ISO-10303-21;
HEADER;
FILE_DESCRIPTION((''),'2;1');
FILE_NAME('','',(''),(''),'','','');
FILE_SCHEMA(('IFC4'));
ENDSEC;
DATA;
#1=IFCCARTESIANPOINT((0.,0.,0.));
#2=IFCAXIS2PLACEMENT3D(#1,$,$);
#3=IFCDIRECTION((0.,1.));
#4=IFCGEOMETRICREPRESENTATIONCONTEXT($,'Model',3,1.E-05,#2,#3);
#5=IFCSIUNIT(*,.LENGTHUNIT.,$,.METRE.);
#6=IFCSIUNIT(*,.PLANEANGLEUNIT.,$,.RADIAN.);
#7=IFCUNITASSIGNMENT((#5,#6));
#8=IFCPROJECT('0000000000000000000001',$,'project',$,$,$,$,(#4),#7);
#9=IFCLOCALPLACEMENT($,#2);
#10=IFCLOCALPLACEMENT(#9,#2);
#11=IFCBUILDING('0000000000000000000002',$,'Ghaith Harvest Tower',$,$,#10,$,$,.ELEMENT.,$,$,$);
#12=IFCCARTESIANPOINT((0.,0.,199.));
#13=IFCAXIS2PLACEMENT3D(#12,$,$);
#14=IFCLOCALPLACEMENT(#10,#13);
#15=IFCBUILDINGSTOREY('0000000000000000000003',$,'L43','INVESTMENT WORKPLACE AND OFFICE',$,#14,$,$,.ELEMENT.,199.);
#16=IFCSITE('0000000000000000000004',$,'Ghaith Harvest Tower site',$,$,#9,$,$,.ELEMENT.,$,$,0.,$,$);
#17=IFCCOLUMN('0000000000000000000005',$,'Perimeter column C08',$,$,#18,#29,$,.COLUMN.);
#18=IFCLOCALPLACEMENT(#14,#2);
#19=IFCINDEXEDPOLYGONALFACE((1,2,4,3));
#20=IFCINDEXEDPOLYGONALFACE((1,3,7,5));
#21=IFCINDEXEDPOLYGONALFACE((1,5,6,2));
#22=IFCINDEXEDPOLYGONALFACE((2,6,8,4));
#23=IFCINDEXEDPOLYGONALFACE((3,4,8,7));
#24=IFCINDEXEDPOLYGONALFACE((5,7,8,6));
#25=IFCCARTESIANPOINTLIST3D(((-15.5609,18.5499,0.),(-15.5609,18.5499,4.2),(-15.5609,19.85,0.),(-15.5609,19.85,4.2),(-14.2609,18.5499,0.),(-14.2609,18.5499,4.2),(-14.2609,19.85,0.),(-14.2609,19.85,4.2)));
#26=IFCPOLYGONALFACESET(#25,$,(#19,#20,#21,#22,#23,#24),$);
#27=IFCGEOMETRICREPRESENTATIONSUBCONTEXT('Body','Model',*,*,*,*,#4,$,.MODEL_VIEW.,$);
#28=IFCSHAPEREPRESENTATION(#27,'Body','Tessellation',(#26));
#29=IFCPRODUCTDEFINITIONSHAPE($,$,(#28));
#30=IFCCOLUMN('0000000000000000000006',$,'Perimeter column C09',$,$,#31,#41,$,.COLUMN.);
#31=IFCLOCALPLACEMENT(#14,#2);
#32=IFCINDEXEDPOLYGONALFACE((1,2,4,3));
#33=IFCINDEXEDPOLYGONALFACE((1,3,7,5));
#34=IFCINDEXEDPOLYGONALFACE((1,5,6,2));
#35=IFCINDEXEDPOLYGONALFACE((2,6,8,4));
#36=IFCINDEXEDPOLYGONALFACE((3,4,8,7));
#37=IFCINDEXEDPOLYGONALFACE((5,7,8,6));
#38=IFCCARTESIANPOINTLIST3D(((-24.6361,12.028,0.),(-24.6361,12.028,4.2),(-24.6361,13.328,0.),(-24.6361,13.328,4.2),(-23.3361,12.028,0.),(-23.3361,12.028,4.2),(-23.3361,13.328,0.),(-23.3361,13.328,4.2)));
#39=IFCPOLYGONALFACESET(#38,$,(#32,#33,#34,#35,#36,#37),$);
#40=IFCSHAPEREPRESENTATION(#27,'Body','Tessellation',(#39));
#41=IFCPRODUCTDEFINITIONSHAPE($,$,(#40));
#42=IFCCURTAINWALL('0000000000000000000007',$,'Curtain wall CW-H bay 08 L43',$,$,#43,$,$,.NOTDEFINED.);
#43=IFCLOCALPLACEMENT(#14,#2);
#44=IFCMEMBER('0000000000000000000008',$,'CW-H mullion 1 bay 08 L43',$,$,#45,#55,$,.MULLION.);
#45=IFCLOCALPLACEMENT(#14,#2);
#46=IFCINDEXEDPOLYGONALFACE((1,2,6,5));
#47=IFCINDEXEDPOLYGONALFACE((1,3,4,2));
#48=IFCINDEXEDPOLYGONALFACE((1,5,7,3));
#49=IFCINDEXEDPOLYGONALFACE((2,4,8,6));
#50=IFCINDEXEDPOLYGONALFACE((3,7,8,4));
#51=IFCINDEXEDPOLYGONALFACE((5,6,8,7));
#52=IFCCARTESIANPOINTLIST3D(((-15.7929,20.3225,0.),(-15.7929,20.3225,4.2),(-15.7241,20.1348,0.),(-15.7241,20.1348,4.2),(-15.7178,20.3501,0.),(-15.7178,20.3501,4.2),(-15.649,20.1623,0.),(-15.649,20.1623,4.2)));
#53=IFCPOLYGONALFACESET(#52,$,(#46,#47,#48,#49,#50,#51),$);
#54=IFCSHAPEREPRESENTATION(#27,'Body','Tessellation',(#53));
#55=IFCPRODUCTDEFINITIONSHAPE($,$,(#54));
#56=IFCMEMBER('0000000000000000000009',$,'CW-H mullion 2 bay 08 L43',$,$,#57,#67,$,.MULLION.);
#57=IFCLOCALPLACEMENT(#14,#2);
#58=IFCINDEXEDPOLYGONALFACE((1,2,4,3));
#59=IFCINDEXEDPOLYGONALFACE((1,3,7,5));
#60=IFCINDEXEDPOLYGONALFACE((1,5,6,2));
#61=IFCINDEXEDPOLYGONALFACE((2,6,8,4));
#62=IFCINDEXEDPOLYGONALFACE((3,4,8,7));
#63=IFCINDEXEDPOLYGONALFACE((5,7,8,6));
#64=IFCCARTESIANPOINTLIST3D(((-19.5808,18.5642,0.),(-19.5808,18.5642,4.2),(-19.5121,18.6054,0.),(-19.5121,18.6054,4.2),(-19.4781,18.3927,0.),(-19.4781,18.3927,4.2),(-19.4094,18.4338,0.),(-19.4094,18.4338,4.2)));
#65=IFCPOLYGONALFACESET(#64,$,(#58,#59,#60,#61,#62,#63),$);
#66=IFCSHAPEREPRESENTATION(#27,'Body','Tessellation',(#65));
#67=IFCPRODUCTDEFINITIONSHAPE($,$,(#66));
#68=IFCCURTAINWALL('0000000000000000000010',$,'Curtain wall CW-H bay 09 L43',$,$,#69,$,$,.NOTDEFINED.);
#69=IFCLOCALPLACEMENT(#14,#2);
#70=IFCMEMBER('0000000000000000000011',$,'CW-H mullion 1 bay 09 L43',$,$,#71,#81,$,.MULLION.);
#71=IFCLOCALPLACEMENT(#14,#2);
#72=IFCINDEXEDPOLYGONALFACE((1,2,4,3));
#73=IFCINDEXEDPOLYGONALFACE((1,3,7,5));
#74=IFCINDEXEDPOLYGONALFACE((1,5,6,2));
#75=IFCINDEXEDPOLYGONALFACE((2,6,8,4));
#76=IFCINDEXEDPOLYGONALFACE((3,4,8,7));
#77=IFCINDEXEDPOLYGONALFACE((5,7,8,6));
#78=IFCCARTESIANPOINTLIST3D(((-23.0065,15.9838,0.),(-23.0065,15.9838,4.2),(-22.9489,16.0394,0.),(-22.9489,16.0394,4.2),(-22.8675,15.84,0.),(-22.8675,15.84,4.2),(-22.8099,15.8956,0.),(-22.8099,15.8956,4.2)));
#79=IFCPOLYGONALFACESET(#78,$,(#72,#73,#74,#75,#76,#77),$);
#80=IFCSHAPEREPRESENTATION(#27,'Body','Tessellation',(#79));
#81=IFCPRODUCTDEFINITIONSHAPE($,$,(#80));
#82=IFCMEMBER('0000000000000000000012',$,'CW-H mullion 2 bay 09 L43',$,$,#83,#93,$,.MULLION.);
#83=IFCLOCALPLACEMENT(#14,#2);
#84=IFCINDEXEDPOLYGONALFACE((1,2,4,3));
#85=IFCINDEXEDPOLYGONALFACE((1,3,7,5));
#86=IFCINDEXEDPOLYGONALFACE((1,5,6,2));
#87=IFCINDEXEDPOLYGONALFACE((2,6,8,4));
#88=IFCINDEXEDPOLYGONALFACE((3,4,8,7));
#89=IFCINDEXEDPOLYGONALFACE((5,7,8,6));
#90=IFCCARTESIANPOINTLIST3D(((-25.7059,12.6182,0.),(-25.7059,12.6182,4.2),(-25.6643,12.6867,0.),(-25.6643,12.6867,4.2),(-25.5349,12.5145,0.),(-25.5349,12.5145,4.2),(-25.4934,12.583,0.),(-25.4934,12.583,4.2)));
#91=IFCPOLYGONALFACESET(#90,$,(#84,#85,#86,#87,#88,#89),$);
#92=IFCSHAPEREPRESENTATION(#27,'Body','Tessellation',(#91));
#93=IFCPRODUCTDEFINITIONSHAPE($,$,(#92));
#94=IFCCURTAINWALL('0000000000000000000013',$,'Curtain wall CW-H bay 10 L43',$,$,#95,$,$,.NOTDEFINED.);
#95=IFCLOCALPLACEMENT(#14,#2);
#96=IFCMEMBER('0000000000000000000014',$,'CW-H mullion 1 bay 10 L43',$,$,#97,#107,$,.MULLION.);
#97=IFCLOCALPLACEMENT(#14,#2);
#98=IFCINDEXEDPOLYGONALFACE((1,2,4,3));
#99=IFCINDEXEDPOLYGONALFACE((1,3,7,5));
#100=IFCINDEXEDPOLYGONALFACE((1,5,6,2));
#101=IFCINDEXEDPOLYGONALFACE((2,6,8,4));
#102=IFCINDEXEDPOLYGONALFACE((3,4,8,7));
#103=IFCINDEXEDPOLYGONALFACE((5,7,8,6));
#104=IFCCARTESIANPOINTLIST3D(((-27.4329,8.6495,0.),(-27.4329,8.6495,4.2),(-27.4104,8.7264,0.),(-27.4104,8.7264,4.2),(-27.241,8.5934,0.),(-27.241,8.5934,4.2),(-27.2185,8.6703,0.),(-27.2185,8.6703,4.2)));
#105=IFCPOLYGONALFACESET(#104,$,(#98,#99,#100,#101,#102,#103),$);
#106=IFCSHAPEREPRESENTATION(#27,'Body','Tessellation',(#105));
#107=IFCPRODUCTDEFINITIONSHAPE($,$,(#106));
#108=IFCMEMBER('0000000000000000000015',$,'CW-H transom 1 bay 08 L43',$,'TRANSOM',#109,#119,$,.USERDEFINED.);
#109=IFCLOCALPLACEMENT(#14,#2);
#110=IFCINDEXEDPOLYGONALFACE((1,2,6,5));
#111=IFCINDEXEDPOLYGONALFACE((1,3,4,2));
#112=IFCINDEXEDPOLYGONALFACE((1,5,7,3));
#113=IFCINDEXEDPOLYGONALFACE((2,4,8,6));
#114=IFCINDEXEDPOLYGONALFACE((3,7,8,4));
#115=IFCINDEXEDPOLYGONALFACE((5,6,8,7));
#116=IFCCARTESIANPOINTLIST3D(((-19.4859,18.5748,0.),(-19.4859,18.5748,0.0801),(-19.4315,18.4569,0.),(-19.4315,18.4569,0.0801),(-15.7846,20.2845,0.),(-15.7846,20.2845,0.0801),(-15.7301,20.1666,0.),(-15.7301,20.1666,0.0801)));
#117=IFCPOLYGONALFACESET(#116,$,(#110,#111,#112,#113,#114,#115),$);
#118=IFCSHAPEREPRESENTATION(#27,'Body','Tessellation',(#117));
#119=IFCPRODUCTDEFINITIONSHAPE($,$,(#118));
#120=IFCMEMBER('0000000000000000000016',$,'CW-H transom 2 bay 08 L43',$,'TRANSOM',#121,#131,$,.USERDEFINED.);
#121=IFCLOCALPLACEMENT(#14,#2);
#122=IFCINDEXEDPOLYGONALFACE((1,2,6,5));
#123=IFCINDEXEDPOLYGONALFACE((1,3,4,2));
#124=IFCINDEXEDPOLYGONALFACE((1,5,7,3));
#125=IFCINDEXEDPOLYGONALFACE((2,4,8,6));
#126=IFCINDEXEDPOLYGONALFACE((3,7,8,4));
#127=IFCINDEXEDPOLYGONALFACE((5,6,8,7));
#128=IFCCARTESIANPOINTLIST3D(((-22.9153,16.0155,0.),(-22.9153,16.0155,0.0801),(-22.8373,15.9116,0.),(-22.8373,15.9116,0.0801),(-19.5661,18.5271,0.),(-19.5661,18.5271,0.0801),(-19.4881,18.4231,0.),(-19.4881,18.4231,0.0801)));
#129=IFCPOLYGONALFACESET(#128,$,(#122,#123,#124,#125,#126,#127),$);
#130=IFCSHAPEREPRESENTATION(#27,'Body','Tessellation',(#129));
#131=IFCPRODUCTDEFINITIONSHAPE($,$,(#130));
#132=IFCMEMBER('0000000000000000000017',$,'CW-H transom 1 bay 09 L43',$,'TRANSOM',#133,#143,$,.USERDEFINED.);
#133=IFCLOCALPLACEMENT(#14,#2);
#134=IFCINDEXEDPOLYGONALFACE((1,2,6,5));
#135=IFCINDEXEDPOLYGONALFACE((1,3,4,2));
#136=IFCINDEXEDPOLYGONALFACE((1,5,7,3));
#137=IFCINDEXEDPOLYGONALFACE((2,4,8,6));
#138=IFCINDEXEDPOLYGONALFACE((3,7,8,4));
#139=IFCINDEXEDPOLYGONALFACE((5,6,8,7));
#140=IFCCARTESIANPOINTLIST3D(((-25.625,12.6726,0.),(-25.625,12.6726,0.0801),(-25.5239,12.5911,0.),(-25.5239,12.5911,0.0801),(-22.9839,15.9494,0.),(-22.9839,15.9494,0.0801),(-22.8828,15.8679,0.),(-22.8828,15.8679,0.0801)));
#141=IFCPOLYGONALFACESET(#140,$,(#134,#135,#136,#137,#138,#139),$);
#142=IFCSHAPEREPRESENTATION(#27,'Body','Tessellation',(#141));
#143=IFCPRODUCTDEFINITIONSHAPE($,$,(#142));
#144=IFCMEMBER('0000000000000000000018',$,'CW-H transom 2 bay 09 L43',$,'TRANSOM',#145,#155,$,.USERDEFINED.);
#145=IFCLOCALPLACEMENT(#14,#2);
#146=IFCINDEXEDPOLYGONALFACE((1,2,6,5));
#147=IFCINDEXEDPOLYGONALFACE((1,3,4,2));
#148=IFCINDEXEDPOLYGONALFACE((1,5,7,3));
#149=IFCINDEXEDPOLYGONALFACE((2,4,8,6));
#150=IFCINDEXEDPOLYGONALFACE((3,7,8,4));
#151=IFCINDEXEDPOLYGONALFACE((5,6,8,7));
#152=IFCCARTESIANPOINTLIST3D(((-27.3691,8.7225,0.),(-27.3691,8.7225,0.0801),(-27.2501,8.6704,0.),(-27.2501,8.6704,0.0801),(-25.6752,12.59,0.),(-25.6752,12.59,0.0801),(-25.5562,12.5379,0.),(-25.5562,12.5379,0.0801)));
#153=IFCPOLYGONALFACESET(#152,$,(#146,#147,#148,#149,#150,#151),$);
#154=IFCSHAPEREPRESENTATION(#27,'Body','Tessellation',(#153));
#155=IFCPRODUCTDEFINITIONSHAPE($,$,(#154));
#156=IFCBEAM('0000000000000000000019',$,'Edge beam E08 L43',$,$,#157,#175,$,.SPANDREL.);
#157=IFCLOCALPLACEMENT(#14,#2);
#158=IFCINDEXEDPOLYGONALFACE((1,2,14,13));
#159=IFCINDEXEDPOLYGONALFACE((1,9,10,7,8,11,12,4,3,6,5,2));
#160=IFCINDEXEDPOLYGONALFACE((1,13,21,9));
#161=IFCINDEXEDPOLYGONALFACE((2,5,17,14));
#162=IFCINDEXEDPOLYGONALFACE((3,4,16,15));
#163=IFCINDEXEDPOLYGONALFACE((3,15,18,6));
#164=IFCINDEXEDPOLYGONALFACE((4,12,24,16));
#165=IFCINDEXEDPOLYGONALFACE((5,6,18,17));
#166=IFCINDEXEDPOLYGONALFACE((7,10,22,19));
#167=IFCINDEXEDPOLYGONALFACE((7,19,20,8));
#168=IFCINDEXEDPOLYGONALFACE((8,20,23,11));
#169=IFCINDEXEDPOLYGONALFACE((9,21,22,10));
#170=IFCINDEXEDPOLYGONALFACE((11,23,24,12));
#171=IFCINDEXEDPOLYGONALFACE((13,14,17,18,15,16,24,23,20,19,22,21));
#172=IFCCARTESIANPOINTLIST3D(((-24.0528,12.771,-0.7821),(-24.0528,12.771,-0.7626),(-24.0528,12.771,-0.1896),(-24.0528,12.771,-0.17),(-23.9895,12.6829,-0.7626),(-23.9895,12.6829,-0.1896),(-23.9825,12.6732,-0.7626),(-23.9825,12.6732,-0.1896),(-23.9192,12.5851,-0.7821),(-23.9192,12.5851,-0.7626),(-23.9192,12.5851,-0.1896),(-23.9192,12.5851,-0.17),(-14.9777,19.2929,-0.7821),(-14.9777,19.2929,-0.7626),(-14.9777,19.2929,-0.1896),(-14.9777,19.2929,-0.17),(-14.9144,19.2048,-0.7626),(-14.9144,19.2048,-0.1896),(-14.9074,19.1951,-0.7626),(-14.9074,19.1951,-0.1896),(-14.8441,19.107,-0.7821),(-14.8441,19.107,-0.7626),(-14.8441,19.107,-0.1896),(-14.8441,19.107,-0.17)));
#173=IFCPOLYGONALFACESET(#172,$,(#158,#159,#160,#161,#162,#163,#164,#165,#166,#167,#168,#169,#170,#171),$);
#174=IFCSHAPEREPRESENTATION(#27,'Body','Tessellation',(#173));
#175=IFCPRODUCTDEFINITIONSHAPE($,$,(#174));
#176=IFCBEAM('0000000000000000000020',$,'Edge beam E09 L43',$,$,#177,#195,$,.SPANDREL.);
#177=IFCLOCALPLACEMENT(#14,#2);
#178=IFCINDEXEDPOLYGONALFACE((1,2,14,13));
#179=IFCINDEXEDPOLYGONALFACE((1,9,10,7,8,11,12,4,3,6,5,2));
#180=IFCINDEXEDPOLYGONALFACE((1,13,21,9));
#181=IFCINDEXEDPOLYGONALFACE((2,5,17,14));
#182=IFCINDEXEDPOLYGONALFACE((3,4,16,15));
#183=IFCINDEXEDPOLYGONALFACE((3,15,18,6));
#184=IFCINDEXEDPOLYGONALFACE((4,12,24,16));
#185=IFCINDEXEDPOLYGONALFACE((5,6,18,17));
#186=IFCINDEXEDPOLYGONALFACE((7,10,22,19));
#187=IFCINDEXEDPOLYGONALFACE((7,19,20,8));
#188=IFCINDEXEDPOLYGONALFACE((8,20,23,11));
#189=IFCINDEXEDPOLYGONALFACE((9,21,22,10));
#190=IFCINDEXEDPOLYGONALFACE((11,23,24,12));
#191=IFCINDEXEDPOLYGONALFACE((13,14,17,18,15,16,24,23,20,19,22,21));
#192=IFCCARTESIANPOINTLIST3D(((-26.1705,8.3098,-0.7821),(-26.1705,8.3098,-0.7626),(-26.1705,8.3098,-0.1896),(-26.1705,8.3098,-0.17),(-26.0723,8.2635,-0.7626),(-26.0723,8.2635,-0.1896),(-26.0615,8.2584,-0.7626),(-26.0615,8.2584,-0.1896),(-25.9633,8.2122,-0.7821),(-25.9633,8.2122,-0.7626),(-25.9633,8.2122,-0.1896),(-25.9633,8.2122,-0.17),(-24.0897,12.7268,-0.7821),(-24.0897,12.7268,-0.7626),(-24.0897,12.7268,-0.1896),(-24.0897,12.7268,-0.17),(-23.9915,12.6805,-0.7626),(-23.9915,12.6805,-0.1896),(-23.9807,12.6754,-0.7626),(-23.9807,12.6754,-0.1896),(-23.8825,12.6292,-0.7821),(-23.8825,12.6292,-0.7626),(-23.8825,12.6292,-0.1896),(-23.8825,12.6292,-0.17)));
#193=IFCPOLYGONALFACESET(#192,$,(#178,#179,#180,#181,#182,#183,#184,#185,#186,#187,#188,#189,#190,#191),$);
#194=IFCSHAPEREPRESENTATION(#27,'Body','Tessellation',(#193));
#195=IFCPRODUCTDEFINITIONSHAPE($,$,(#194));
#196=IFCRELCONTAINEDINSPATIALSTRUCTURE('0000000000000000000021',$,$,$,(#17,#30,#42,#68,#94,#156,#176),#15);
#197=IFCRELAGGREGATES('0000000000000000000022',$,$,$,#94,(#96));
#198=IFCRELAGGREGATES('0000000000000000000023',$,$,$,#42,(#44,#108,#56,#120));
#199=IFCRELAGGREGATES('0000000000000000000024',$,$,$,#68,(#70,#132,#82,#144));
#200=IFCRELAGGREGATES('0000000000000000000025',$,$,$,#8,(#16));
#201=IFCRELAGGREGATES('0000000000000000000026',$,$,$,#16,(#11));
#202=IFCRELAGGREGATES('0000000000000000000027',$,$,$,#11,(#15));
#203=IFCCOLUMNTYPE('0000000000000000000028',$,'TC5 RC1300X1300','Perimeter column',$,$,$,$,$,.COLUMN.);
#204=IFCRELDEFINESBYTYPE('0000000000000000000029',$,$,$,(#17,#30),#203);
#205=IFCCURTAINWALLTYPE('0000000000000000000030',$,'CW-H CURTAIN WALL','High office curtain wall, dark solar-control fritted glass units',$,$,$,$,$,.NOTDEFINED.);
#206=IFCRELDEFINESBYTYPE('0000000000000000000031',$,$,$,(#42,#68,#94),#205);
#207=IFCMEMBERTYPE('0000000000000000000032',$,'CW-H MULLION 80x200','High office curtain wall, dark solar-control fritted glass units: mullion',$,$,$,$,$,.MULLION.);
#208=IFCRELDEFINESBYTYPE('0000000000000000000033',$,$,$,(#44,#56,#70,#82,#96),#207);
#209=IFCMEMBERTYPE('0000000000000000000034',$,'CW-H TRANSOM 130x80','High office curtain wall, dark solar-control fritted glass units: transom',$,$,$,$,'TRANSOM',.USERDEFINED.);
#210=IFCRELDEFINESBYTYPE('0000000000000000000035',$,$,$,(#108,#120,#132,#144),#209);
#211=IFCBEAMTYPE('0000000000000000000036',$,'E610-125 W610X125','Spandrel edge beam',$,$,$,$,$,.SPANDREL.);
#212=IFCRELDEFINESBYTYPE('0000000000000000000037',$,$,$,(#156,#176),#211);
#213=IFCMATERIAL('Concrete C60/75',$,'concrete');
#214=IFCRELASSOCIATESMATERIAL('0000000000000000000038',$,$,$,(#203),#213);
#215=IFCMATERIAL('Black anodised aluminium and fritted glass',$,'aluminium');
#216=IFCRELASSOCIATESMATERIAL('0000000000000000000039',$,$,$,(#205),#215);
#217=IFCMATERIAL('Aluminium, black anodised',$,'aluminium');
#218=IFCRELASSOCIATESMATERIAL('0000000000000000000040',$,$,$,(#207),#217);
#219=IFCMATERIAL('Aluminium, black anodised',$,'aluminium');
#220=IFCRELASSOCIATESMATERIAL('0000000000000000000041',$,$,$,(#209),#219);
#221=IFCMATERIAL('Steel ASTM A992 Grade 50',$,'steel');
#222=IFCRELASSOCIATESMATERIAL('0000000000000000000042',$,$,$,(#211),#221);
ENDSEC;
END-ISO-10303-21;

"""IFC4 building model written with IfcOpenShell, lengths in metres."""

from ifc_helpers import new_model, si_unit, direction, frame, origin, origin_2d, place, context, subcontext, project, spatial, rectangle, i_section, extrude, material, material_profile, profile_set, type_object, element, aggregate, save


model = new_model("IFC4")

# Units and contexts
model_context = context("Model", 3, precision=1e-05, world=origin(), true_north=direction((0.0, 1.0)))
body_context = subcontext(model_context, "Body", "Model", "MODEL_VIEW")
ifc_project = project(units=[si_unit("LENGTHUNIT", "METRE"), si_unit("PLANEANGLEUNIT", "RADIAN")], contexts=[model_context])

# Site, building, storey
site_placement = place(None, origin())
site = spatial("IfcSite", under=ifc_project, at=site_placement, Name="Ghaith Harvest Tower site", CompositionType="ELEMENT", RefElevation=0.0)
building_placement = place(site_placement, origin())
building = spatial("IfcBuilding", under=site, at=building_placement, Name="Ghaith Harvest Tower", CompositionType="ELEMENT")
storey_placement = place(building_placement, frame((0.0, 0.0, 199.0)))
storey = spatial("IfcBuildingStorey", under=building, at=storey_placement, Name="L43", Description="INVESTMENT WORKPLACE AND OFFICE", CompositionType="ELEMENT", Elevation=199.0)

# Columns
ifc_material_1 = material(Name="Concrete C60/75", Category="concrete")
ifc_material_profile_1 = material_profile(ifc_material_1, rectangle(XDim=1.3, YDim=1.3, at=origin_2d()), Name="RC1300X1300")
ifc_profile_set_1 = profile_set([ifc_material_profile_1], Name="Concrete C60/75")
column_type = type_object("IfcColumnType", Name="TC5 RC1300X1300", Description="Perimeter column", PredefinedType="COLUMN", material=ifc_profile_set_1)
for number, where, z_axis, x_axis, name in (
    (1, (-14.9109, 19.2, 0.0), (0.0, 0.0, 1.0), (1.0, 0.0, 0.0), "Perimeter column C08"),
    (2, (-23.9861, 12.678, 0.0), (0.0, 0.0, 1.0), (1.0, 0.0, 0.0), "Perimeter column C09"),
):
    element("IfcColumn", number, at=place(storey_placement, frame(where, z_axis=z_axis, x_axis=x_axis)), inside=storey, type_object=column_type, Name=name, PredefinedType="COLUMN", context=body_context, shape_type="SweptSolid", body=[
        extrude(rectangle(XDim=1.3, YDim=1.3, at=origin_2d()), origin(), (0.0, 0.0, 1.0), 4.2),
    ])

# Curtain walls, members
ifc_material_2 = material(Name="Black anodised aluminium and fritted glass", Category="aluminium")
curtain_wall_type = type_object("IfcCurtainWallType", Name="CW-H CURTAIN WALL", Description="High office curtain wall, dark solar-control fritted glass units", PredefinedType="NOTDEFINED", material=ifc_material_2)
curtain_wall_1_placement = place(storey_placement, origin())
curtain_wall_1 = element("IfcCurtainWall", 3, at=curtain_wall_1_placement, inside=storey, type_object=curtain_wall_type, Name="Curtain wall CW-H bay 08 L43", PredefinedType="NOTDEFINED")
ifc_material_3 = material(Name="Aluminium, black anodised", Category="aluminium")
ifc_material_profile_2 = material_profile(ifc_material_3, rectangle(XDim=0.0801, YDim=0.2, at=origin_2d()), Name="CW-H MULLION 80x200")
ifc_profile_set_2 = profile_set([ifc_material_profile_2], Name="Aluminium, black anodised")
member_type_1 = type_object("IfcMemberType", Name="CW-H MULLION 80x200", Description="High office curtain wall, dark solar-control fritted glass units: mullion", PredefinedType="MULLION", material=ifc_profile_set_2)
member_1_placement = place(storey_placement, frame((-15.7209, 20.2424, 0.0), z_axis=(0.0, 0.0, 1.0), x_axis=(-0.938931, -0.344106, 0.0)))
member_1 = element("IfcMember", 4, at=member_1_placement, type_object=member_type_1, Name="CW-H mullion 1 bay 08 L43", PredefinedType="MULLION", context=body_context, shape_type="SweptSolid", body=[
    extrude(rectangle(XDim=0.0801, YDim=0.2, at=origin_2d()), origin(), (0.0, 0.0, 1.0), 4.2),
])
member_2_placement = place(storey_placement, frame((-19.4951, 18.499, 0.0), z_axis=(0.0, 0.0, 1.0), x_axis=(-0.857999, -0.513652, 0.0)))
member_2 = element("IfcMember", 5, at=member_2_placement, type_object=member_type_1, Name="CW-H mullion 2 bay 08 L43", PredefinedType="MULLION", context=body_context, shape_type="SweptSolid", body=[
    extrude(rectangle(XDim=0.0801, YDim=0.2, at=origin_2d()), origin(), (0.0, 0.0, 1.0), 4.2),
])
curtain_wall_2_placement = place(storey_placement, origin())
curtain_wall_2 = element("IfcCurtainWall", 6, at=curtain_wall_2_placement, inside=storey, type_object=curtain_wall_type, Name="Curtain wall CW-H bay 09 L43", PredefinedType="NOTDEFINED")
member_3_placement = place(storey_placement, frame((-22.9082, 15.9397, 0.0), z_axis=(0.0, 0.0, 1.0), x_axis=(-0.719146, -0.694859, 0.0)))
member_3 = element("IfcMember", 7, at=member_3_placement, type_object=member_type_1, Name="CW-H mullion 1 bay 09 L43", PredefinedType="MULLION", context=body_context, shape_type="SweptSolid", body=[
    extrude(rectangle(XDim=0.0801, YDim=0.2, at=origin_2d()), origin(), (0.0, 0.0, 1.0), 4.2),
])
member_4_placement = place(storey_placement, frame((-25.5996, 12.6006, 0.0), z_axis=(0.0, 0.0, 1.0), x_axis=(-0.518769, -0.854914, 0.0)))
member_4 = element("IfcMember", 8, at=member_4_placement, type_object=member_type_1, Name="CW-H mullion 2 bay 09 L43", PredefinedType="MULLION", context=body_context, shape_type="SweptSolid", body=[
    extrude(rectangle(XDim=0.0801, YDim=0.2, at=origin_2d()), origin(), (0.0, 0.0, 1.0), 4.2),
])

# Curtain wall, member
curtain_wall_3_placement = place(storey_placement, origin())
curtain_wall_3 = element("IfcCurtainWall", 9, at=curtain_wall_3_placement, inside=storey, type_object=curtain_wall_type, Name="Curtain wall CW-H bay 10 L43", PredefinedType="NOTDEFINED")
member_5_placement = place(storey_placement, frame((-27.3257, 8.6599, 0.0), z_axis=(0.0, 0.0, 1.0), x_axis=(-0.28052, -0.959848, 0.0)))
member_5 = element("IfcMember", 10, at=member_5_placement, type_object=member_type_1, Name="CW-H mullion 1 bay 10 L43", PredefinedType="MULLION", context=body_context, shape_type="SweptSolid", body=[
    extrude(rectangle(XDim=0.0801, YDim=0.2, at=origin_2d()), origin(), (0.0, 0.0, 1.0), 4.2),
])
aggregate(curtain_wall_3, [member_5])

# Members
ifc_material_4 = material(Name="Aluminium, black anodised", Category="aluminium")
ifc_material_profile_3 = material_profile(ifc_material_4, rectangle(XDim=0.1299, YDim=0.0801, at=origin_2d()), Name="CW-H TRANSOM 130x80")
ifc_profile_set_3 = profile_set([ifc_material_profile_3], Name="Aluminium, black anodised")
member_type_2 = type_object("IfcMemberType", Name="CW-H TRANSOM 130x80", Description="High office curtain wall, dark solar-control fritted glass units: transom", ElementType="TRANSOM", PredefinedType="USERDEFINED", material=ifc_profile_set_3)
member_6_placement = place(storey_placement, frame((-15.7573, 20.2256, 0.04), z_axis=(-0.907831, -0.419335, 0.0), x_axis=(0.419335, -0.907831, 0.0)))
member_6 = element("IfcMember", 11, at=member_6_placement, type_object=member_type_2, Name="CW-H transom 1 bay 08 L43", ObjectType="TRANSOM", PredefinedType="USERDEFINED", context=body_context, shape_type="SweptSolid", body=[
    extrude(rectangle(XDim=0.1299, YDim=0.0801, at=origin_2d()), origin(), (0.0, 0.0, 1.0), 4.0771),
])
member_7_placement = place(storey_placement, frame((-19.5271, 18.4751, 0.04), z_axis=(-0.800042, -0.599944, 0.0), x_axis=(0.599944, -0.800042, 0.0)))
member_7 = element("IfcMember", 12, at=member_7_placement, type_object=member_type_2, Name="CW-H transom 2 bay 08 L43", ObjectType="TRANSOM", PredefinedType="USERDEFINED", context=body_context, shape_type="SweptSolid", body=[
    extrude(rectangle(XDim=0.1299, YDim=0.0801, at=origin_2d()), origin(), (0.0, 0.0, 1.0), 4.1863),
])
member_8_placement = place(storey_placement, frame((-22.9333, 15.9087, 0.04), z_axis=(-0.627535, -0.778589, 0.0), x_axis=(0.778589, -0.627535, 0.0)))
member_8 = element("IfcMember", 13, at=member_8_placement, type_object=member_type_2, Name="CW-H transom 1 bay 09 L43", ObjectType="TRANSOM", PredefinedType="USERDEFINED", context=body_context, shape_type="SweptSolid", body=[
    extrude(rectangle(XDim=0.1299, YDim=0.0801, at=origin_2d()), origin(), (0.0, 0.0, 1.0), 4.2087),
])
member_9_placement = place(storey_placement, frame((-25.6157, 12.564, 0.04), z_axis=(-0.401186, -0.915997, 0.0), x_axis=(0.915997, -0.401186, 0.0)))
member_9 = element("IfcMember", 14, at=member_9_placement, type_object=member_type_2, Name="CW-H transom 2 bay 09 L43", ObjectType="TRANSOM", PredefinedType="USERDEFINED", context=body_context, shape_type="SweptSolid", body=[
    extrude(rectangle(XDim=0.1299, YDim=0.0801, at=origin_2d()), origin(), (0.0, 0.0, 1.0), 4.2222),
])

# Beams
ifc_material_5 = material(Name="Steel ASTM A992 Grade 50", Category="steel")
ifc_material_profile_4 = material_profile(ifc_material_5, i_section(OverallWidth=0.229, OverallDepth=0.6121, WebThickness=0.012, FlangeThickness=0.0195, at=origin_2d()), Name="W610X125")
ifc_profile_set_4 = profile_set([ifc_material_profile_4], Name="Steel ASTM A992 Grade 50")
beam_type = type_object("IfcBeamType", Name="E610-125 W610X125", Description="Spandrel edge beam", PredefinedType="SPANDREL", material=ifc_profile_set_4)
beam_1_placement = place(storey_placement, frame((-14.9109, 19.2, -0.4761), z_axis=(-0.81205, -0.583587, 0.0), x_axis=(0.583587, -0.81205, 0.0)))
element("IfcBeam", 15, at=beam_1_placement, inside=storey, type_object=beam_type, Name="Edge beam E08 L43", PredefinedType="SPANDREL", context=body_context, shape_type="SweptSolid", body=[
    extrude(i_section(OverallWidth=0.229, OverallDepth=0.6121, WebThickness=0.012, FlangeThickness=0.0195, at=origin_2d()), origin(), (0.0, 0.0, 1.0), 11.1755),
])
beam_2_placement = place(storey_placement, frame((-23.9861, 12.678, -0.4761), z_axis=(-0.42617, -0.904643, 0.0), x_axis=(0.904643, -0.42617, 0.0)))
element("IfcBeam", 16, at=beam_2_placement, inside=storey, type_object=beam_type, Name="Edge beam E09 L43", PredefinedType="SPANDREL", context=body_context, shape_type="SweptSolid", body=[
    extrude(i_section(OverallWidth=0.229, OverallDepth=0.6121, WebThickness=0.012, FlangeThickness=0.0195, at=origin_2d()), origin(), (0.0, 0.0, 1.0), 4.8826),
])

aggregate(curtain_wall_1, [member_1, member_6, member_2, member_7])
aggregate(curtain_wall_2, [member_3, member_8, member_4, member_9])

save(model, "model.ifc")
